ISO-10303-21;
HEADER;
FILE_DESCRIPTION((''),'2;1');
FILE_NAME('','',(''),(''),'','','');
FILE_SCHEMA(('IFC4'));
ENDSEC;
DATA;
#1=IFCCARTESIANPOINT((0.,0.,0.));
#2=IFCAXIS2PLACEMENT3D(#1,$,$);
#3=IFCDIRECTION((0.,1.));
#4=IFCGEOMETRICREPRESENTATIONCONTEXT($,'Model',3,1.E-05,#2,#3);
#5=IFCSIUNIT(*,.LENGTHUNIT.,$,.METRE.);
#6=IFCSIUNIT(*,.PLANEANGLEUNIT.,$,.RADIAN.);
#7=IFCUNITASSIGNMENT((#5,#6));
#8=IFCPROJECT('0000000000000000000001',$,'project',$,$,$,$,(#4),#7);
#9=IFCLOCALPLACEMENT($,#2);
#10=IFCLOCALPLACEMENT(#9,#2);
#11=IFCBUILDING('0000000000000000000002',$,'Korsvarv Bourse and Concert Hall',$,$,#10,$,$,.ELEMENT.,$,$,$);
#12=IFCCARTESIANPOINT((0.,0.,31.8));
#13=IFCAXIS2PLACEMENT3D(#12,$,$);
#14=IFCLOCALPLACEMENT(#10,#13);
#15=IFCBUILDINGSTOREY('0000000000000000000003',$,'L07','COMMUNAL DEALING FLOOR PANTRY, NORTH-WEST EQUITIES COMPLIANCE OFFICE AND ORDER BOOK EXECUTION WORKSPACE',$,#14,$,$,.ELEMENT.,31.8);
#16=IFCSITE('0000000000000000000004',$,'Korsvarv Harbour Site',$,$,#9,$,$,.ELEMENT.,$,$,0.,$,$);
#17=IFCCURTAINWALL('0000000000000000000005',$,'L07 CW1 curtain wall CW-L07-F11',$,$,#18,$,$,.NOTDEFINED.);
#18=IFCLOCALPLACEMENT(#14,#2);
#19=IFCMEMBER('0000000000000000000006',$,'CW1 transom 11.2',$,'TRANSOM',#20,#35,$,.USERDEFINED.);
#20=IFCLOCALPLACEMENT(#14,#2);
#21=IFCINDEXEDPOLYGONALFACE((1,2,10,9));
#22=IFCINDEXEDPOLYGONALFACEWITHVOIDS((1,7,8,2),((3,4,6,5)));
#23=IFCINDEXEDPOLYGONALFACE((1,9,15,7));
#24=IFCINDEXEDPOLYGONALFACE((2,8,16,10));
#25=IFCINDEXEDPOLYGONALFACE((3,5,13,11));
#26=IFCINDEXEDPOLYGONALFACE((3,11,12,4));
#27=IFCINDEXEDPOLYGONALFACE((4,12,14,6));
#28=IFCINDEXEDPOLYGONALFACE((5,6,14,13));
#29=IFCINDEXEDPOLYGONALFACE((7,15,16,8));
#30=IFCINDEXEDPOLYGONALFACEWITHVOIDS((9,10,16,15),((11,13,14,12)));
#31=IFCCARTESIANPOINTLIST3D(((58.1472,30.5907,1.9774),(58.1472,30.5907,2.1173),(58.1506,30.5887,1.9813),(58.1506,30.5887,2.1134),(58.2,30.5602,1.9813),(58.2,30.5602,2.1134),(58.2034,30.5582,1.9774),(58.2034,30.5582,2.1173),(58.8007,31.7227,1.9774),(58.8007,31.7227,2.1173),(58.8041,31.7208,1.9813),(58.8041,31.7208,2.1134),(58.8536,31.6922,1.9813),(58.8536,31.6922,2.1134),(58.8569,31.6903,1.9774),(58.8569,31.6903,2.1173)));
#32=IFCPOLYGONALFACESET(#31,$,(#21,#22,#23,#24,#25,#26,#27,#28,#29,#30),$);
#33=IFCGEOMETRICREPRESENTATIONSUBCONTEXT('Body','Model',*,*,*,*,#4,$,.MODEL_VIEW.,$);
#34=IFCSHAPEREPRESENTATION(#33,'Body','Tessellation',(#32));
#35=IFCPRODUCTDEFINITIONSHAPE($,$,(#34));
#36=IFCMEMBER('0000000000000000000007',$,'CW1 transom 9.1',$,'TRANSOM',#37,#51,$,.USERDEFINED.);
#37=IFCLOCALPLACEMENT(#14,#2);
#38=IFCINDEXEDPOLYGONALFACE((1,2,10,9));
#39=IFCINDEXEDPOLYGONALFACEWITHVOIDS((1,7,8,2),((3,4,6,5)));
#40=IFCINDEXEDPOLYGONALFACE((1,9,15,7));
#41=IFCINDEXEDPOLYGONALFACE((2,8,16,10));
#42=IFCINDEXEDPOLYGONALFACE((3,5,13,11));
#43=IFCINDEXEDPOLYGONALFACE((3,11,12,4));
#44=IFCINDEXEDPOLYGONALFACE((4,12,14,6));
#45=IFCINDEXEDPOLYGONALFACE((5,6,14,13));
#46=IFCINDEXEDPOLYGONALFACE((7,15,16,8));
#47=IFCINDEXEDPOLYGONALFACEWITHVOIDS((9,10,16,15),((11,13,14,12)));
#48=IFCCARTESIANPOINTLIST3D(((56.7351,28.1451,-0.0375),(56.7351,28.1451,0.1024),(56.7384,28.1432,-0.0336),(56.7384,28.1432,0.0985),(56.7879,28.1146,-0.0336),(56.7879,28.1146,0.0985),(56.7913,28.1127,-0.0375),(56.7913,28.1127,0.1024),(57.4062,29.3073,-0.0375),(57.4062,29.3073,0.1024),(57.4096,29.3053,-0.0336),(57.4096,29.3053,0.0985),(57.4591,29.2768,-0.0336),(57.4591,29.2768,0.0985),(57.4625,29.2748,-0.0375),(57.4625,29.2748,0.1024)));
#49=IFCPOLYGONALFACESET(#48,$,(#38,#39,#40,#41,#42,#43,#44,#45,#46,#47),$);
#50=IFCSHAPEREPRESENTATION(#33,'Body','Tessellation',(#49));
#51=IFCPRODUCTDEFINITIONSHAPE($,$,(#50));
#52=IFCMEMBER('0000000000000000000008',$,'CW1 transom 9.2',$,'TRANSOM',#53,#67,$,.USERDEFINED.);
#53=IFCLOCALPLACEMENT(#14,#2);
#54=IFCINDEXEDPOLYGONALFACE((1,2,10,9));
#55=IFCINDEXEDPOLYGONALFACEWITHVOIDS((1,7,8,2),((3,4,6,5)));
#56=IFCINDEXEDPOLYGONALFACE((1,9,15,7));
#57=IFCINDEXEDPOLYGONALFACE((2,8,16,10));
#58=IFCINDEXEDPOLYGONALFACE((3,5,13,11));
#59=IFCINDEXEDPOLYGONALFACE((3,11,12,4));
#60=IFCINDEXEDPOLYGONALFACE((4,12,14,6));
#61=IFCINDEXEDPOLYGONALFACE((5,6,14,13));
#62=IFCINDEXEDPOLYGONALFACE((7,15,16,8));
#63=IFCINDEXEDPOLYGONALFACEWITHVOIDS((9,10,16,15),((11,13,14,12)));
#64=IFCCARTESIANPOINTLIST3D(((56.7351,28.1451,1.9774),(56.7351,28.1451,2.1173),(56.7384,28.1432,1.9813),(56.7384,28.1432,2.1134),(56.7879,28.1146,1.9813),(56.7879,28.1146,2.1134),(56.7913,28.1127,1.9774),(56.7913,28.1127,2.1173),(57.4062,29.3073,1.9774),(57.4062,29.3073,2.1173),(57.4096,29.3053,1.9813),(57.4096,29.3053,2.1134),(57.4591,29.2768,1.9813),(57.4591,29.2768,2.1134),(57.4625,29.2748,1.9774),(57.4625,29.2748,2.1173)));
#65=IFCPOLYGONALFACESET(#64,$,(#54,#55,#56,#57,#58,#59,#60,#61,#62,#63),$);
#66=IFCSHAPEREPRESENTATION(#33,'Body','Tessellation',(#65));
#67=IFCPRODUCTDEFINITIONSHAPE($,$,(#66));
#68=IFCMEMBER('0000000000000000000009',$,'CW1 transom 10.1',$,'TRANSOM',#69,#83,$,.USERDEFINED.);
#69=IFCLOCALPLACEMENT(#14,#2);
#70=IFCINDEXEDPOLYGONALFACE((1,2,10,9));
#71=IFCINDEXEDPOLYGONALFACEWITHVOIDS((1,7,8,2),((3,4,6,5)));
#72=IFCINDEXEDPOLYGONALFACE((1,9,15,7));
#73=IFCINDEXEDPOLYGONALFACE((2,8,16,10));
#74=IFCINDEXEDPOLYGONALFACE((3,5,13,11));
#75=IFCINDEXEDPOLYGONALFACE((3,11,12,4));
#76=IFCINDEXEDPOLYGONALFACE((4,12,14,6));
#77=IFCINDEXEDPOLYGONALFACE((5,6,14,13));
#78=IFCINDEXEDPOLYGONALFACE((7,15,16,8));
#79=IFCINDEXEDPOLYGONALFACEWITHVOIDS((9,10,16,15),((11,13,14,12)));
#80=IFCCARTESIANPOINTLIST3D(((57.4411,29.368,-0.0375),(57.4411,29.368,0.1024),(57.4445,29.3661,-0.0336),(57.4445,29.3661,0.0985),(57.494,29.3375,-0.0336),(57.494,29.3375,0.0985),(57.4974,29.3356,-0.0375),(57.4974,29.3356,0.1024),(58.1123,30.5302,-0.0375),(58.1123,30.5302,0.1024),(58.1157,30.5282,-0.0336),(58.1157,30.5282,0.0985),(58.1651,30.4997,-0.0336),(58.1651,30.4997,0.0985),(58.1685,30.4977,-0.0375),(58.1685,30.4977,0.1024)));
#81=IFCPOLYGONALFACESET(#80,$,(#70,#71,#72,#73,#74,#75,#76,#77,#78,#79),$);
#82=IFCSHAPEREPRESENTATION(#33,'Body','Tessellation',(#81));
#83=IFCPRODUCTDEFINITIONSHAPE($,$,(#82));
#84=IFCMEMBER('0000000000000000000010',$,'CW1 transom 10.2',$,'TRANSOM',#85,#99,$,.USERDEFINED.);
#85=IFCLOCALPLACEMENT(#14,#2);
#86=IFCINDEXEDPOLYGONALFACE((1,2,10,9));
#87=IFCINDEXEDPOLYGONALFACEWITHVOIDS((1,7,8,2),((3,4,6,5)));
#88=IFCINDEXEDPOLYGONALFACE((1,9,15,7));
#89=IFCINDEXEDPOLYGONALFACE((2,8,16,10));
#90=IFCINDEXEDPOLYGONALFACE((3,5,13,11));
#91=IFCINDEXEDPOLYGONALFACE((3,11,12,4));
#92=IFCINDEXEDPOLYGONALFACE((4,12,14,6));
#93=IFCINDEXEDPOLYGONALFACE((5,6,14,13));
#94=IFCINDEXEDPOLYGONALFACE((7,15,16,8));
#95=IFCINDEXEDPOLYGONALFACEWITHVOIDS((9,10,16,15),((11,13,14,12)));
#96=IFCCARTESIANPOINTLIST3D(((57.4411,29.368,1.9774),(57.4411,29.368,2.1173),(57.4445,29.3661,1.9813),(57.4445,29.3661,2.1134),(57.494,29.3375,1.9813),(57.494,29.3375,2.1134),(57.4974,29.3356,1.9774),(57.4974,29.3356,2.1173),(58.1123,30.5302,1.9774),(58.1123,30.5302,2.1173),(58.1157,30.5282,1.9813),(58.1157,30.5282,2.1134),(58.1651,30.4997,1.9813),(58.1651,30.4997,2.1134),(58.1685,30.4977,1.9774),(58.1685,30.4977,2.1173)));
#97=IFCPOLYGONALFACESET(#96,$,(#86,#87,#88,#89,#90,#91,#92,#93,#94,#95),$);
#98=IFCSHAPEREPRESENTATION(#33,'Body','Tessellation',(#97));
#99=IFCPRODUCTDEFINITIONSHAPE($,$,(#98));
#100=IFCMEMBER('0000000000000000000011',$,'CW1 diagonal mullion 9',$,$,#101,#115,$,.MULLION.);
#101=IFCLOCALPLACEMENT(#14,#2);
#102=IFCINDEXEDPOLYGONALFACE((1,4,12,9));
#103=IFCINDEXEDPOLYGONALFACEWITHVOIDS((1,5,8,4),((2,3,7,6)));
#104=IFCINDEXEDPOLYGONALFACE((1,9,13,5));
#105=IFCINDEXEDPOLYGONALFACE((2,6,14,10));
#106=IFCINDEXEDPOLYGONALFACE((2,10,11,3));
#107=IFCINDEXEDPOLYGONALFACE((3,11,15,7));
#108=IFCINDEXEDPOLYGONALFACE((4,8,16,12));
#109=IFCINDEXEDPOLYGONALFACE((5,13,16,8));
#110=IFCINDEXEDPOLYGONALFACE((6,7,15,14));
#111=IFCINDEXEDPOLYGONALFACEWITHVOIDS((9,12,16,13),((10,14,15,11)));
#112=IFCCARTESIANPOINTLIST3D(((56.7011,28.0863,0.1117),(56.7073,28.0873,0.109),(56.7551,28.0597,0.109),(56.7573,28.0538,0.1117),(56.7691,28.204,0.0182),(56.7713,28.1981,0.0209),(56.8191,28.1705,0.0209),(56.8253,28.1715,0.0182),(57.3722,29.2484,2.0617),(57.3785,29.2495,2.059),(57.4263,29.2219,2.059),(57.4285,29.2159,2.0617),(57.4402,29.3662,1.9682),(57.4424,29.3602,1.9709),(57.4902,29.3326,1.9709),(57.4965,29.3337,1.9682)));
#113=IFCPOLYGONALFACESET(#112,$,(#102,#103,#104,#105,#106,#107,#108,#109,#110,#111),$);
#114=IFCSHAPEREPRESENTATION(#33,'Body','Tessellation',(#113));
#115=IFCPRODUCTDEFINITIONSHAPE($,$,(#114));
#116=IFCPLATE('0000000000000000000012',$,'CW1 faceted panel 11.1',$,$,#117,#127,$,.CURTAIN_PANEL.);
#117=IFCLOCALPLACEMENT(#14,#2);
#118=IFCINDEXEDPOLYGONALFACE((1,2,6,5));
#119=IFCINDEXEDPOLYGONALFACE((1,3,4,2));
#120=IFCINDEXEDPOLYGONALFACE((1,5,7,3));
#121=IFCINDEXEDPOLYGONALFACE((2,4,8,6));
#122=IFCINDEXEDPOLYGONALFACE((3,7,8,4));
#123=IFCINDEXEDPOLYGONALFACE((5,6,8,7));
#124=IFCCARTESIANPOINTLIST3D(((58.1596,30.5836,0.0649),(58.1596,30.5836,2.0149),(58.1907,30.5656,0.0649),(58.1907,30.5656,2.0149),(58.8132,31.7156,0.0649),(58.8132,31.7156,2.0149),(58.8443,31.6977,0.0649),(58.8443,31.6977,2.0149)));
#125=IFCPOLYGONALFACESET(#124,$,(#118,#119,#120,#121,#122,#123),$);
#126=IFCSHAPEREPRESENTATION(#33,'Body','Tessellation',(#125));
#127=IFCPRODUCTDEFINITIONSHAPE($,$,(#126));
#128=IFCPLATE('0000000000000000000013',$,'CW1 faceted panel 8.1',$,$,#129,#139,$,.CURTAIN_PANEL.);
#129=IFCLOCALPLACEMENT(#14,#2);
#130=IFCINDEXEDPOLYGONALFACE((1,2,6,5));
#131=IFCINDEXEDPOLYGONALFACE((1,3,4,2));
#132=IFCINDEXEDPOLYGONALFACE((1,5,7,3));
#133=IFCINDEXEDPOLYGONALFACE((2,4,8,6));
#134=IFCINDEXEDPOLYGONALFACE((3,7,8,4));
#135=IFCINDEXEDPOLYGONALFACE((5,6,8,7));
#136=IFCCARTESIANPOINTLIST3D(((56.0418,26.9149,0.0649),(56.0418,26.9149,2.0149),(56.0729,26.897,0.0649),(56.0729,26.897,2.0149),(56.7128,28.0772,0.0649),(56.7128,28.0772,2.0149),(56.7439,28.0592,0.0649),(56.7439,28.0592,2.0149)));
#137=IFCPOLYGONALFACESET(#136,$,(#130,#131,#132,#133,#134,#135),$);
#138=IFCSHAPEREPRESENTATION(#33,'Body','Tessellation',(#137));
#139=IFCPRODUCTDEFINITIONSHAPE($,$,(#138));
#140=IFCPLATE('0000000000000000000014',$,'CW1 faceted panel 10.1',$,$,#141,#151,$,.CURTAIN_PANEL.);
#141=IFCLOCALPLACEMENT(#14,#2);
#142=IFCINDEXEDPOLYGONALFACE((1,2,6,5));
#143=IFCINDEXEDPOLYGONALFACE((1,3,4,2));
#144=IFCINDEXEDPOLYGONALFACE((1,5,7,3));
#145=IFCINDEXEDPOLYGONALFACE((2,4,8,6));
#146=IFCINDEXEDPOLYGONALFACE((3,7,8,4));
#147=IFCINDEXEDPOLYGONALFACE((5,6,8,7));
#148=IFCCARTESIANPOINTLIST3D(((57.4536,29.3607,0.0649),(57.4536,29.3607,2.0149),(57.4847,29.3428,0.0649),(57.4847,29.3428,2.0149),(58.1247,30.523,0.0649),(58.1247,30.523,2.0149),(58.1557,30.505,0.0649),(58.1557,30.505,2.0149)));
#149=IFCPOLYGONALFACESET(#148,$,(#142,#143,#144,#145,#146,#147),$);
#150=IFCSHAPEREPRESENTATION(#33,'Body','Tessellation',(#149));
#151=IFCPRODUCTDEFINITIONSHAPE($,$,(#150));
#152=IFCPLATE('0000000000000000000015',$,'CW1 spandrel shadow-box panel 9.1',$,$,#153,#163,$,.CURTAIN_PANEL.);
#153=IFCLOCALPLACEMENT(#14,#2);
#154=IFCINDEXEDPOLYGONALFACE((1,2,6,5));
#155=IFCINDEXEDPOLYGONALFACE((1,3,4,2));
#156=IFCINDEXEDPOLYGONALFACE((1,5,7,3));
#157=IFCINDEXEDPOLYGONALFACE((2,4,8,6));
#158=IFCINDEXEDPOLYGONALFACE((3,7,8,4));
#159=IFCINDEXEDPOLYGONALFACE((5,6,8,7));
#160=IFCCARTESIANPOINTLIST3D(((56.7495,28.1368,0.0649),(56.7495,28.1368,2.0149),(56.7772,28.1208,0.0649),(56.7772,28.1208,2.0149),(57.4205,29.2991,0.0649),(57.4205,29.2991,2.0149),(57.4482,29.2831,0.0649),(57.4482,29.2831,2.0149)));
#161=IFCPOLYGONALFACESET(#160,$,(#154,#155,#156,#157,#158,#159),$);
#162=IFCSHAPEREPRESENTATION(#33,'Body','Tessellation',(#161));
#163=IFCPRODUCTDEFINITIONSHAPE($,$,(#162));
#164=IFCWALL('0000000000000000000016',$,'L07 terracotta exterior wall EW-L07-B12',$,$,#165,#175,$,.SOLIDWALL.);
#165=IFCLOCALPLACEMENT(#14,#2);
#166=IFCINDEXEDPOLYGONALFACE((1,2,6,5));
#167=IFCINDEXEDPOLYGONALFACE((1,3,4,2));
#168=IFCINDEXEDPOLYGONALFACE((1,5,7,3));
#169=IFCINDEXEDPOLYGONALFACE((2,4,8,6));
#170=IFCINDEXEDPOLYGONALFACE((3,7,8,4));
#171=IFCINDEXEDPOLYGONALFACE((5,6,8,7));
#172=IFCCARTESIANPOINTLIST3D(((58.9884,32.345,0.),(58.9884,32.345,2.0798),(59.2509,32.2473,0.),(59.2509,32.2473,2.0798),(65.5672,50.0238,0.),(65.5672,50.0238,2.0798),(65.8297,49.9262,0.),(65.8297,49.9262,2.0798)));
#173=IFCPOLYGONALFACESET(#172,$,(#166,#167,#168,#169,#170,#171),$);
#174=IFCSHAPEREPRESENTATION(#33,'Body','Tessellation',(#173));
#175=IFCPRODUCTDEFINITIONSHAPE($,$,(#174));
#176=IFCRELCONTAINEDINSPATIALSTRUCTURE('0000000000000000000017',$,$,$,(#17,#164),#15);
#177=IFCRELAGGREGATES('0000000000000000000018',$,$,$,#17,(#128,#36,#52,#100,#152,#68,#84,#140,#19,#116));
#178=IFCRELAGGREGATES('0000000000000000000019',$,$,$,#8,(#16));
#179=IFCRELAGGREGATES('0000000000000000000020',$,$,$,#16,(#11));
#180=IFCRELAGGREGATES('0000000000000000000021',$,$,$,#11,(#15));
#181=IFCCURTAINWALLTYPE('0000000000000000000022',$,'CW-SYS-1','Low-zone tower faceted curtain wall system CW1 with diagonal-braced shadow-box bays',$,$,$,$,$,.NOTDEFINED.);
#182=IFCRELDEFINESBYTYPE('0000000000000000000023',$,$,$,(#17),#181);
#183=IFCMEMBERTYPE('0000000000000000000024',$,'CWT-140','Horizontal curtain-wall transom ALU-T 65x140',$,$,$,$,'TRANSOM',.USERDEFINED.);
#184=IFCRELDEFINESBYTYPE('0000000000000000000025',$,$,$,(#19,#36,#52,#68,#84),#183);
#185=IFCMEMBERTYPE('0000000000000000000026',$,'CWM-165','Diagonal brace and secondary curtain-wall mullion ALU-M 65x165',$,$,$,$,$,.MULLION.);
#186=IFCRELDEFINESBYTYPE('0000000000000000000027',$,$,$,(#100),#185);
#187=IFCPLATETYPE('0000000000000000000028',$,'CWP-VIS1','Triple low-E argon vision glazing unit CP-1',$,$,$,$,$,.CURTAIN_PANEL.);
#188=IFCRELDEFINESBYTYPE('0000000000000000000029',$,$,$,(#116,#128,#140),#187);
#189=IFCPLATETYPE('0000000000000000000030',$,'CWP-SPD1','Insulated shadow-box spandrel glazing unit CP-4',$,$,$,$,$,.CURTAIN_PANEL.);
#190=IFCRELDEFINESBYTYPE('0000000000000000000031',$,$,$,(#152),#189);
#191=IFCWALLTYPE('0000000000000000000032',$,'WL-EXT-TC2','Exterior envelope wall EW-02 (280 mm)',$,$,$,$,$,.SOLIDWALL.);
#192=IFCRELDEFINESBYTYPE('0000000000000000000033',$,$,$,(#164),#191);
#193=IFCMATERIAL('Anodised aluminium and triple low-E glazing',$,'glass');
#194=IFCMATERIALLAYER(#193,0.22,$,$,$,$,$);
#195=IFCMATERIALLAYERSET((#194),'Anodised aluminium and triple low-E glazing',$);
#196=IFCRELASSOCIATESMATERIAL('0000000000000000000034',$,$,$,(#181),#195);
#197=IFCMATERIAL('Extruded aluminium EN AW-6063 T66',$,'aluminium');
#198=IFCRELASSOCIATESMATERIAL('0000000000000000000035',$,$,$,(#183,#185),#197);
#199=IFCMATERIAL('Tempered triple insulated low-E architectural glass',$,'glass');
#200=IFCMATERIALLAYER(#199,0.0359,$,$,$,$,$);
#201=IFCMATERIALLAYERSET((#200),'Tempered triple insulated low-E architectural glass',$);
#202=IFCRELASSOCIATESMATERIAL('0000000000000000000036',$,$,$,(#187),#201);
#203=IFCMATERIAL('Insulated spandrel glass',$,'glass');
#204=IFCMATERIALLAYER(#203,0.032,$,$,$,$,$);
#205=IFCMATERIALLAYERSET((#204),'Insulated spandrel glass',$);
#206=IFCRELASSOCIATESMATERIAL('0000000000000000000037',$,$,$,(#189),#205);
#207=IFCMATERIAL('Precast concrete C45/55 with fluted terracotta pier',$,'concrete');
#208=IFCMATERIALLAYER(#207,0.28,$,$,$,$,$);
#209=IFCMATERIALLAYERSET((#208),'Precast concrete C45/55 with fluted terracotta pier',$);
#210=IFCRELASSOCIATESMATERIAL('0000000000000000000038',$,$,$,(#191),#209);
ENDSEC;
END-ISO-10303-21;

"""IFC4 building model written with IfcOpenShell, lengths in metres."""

from ifc_helpers import new_model, si_unit, direction, frame, frame_2d, origin, origin_2d, place, context, subcontext, project, spatial, rectangle, hollow_rectangle, extrude, source, transform, mapped, material, layer, layer_set, material_profile, profile_set, type_object, element, aggregate, save


model = new_model("IFC4")

# Units and contexts
model_context = context("Model", 3, precision=1e-05, world=origin(), true_north=direction((0.0, 1.0)))
body_context = subcontext(model_context, "Body", "Model", "MODEL_VIEW")
ifc_project = project(units=[si_unit("LENGTHUNIT", "METRE"), si_unit("PLANEANGLEUNIT", "RADIAN")], contexts=[model_context])

# Site, building, storey
site_placement = place(None, origin())
site = spatial("IfcSite", under=ifc_project, at=site_placement, Name="Korsvarv Harbour Site", CompositionType="ELEMENT", RefElevation=0.0)
building_placement = place(site_placement, origin())
building = spatial("IfcBuilding", under=site, at=building_placement, Name="Korsvarv Bourse and Concert Hall", CompositionType="ELEMENT")
storey_placement = place(building_placement, frame((0.0, 0.0, 31.8)))
storey = spatial("IfcBuildingStorey", under=building, at=storey_placement, Name="L07", Description="COMMUNAL DEALING FLOOR PANTRY, NORTH-WEST EQUITIES COMPLIANCE OFFICE AND ORDER BOOK EXECUTION WORKSPACE", CompositionType="ELEMENT", Elevation=31.8)

# Curtain wall, members, plates
ifc_material_1 = material(Name="Anodised aluminium and triple low-E glazing", Category="glass")
ifc_layer_1 = layer(ifc_material_1, 0.22)
ifc_layer_set_1 = layer_set([ifc_layer_1], Name="Anodised aluminium and triple low-E glazing")
curtain_wall_type = type_object("IfcCurtainWallType", Name="CW-SYS-1", Description="Low-zone tower faceted curtain wall system CW1 with diagonal-braced shadow-box bays", PredefinedType="NOTDEFINED", material=ifc_layer_set_1)
curtain_wall_placement = place(storey_placement, origin())
curtain_wall = element("IfcCurtainWall", 1, at=curtain_wall_placement, inside=storey, type_object=curtain_wall_type, Name="L07 CW1 curtain wall CW-L07-F11", PredefinedType="NOTDEFINED")
ifc_material_2 = material(Name="Extruded aluminium EN AW-6063 T66", Category="aluminium")
ifc_material_profile_1 = material_profile(ifc_material_2, hollow_rectangle(XDim=0.0649, YDim=0.1399, WallThickness=0.0039, at=origin_2d()), Name="ALU-T 65x140")
ifc_profile_set_1 = profile_set([ifc_material_profile_1], Name="Extruded aluminium EN AW-6063 T66")
member_type_1 = type_object("IfcMemberType", Name="CWT-140", Description="Horizontal curtain-wall transom ALU-T 65x140", ElementType="TRANSOM", PredefinedType="USERDEFINED", material=ifc_profile_set_1)
shared_shape_1 = source(origin(), body_context, "Body", "SweptSolid", [
    extrude(hollow_rectangle(XDim=0.0649, YDim=0.1399, WallThickness=0.0039, at=origin_2d()), origin(), (0.0, 0.0, 1.0), 1.3071),
])
member_1_placement = place(storey_placement, frame((58.1753, 30.5745, 2.0474), z_axis=(0.499976, 0.866039, 0.0), x_axis=(-0.866039, 0.499976, 0.0)))
member_1 = element("IfcMember", 2, at=member_1_placement, type_object=member_type_1, Name="CW1 transom 11.2", ObjectType="TRANSOM", PredefinedType="USERDEFINED", context=body_context, shape_type="MappedRepresentation", body=[
    mapped(shared_shape_1, transform((0.0, 0.0, 0.0), scale=1.0)),
])
shared_shape_2 = source(origin(), body_context, "Body", "SweptSolid", [
    extrude(hollow_rectangle(XDim=0.0649, YDim=0.1399, WallThickness=0.0039, at=origin_2d()), origin(), (0.0, 0.0, 1.0), 1.342),
])
member_2_placement = place(storey_placement, frame((56.7632, 28.1289, 0.0325), z_axis=(0.500111, 0.865961, 0.0), x_axis=(-0.865961, 0.500111, 0.0)))
member_2 = element("IfcMember", 3, at=member_2_placement, type_object=member_type_1, Name="CW1 transom 9.1", ObjectType="TRANSOM", PredefinedType="USERDEFINED", context=body_context, shape_type="MappedRepresentation", body=[
    mapped(shared_shape_2, transform((0.0, 0.0, 0.0), scale=1.0)),
])
member_3_placement = place(storey_placement, frame((56.7632, 28.1289, 2.0474), z_axis=(0.500111, 0.865961, 0.0), x_axis=(-0.865961, 0.500111, 0.0)))
member_3 = element("IfcMember", 4, at=member_3_placement, type_object=member_type_1, Name="CW1 transom 9.2", ObjectType="TRANSOM", PredefinedType="USERDEFINED", context=body_context, shape_type="MappedRepresentation", body=[
    mapped(shared_shape_2, transform((0.0, 0.0, 0.0), scale=1.0)),
])
member_4_placement = place(storey_placement, frame((57.4692, 29.3518, 0.0325), z_axis=(0.500111, 0.865961, 0.0), x_axis=(-0.865961, 0.500111, 0.0)))
member_4 = element("IfcMember", 5, at=member_4_placement, type_object=member_type_1, Name="CW1 transom 10.1", ObjectType="TRANSOM", PredefinedType="USERDEFINED", context=body_context, shape_type="MappedRepresentation", body=[
    mapped(shared_shape_2, transform((0.0, 0.0, 0.0), scale=1.0)),
])
member_5_placement = place(storey_placement, frame((57.4692, 29.3518, 2.0474), z_axis=(0.500111, 0.865961, 0.0), x_axis=(-0.865961, 0.500111, 0.0)))
member_5 = element("IfcMember", 6, at=member_5_placement, type_object=member_type_1, Name="CW1 transom 10.2", ObjectType="TRANSOM", PredefinedType="USERDEFINED", context=body_context, shape_type="MappedRepresentation", body=[
    mapped(shared_shape_2, transform((0.0, 0.0, 0.0), scale=1.0)),
])
ifc_material_profile_2 = material_profile(ifc_material_2, hollow_rectangle(XDim=0.0649, YDim=0.165, WallThickness=0.0049, at=origin_2d()), Name="ALU-M 65x165")
ifc_profile_set_2 = profile_set([ifc_material_profile_2], Name="Extruded aluminium EN AW-6063 T66")
member_type_2 = type_object("IfcMemberType", Name="CWM-165", Description="Diagonal brace and secondary curtain-wall mullion ALU-M 65x165", PredefinedType="MULLION", material=ifc_profile_set_2)
shared_shape_3 = source(origin(), body_context, "Body", "SweptSolid", [
    extrude(hollow_rectangle(XDim=0.0649, YDim=0.165, WallThickness=0.0049, at=origin_2d()), origin(), (0.0, 0.0, 1.0), 2.3672),
])
member_6_placement = place(storey_placement, frame((56.7632, 28.1289, 0.0649), z_axis=(0.283527, 0.490939, 0.823766), x_axis=(-0.865961, 0.500111, 0.0)))
member_6 = element("IfcMember", 7, at=member_6_placement, type_object=member_type_2, Name="CW1 diagonal mullion 9", PredefinedType="MULLION", context=body_context, shape_type="MappedRepresentation", body=[
    mapped(shared_shape_3, transform((0.0, 0.0, 0.0), scale=1.0)),
])
ifc_material_3 = material(Name="Tempered triple insulated low-E architectural glass", Category="glass")
ifc_layer_2 = layer(ifc_material_3, 0.0359)
ifc_layer_set_2 = layer_set([ifc_layer_2], Name="Tempered triple insulated low-E architectural glass")
plate_type_1 = type_object("IfcPlateType", Name="CWP-VIS1", Description="Triple low-E argon vision glazing unit CP-1", PredefinedType="CURTAIN_PANEL", material=ifc_layer_set_2)
shared_shape_4 = source(origin(), body_context, "Body", "SweptSolid", [
    extrude(rectangle(XDim=1.3071, YDim=0.0359, at=origin_2d()), origin(), (0.0, 0.0, 1.0), 1.95),
])
plate_1_placement = place(storey_placement, frame((58.502, 31.1406, 0.0649), z_axis=(0.0, 0.0, 1.0), x_axis=(0.499995, 0.866029, 0.0)))
plate_1 = element("IfcPlate", 8, at=plate_1_placement, type_object=plate_type_1, Name="CW1 faceted panel 11.1", PredefinedType="CURTAIN_PANEL", context=body_context, shape_type="MappedRepresentation", body=[
    mapped(shared_shape_4, transform((0.0, 0.0, 0.0), scale=1.0)),
])
shared_shape_5 = source(origin(), body_context, "Body", "SweptSolid", [
    extrude(rectangle(XDim=1.342, YDim=0.0359, at=origin_2d()), origin(), (0.0, 0.0, 1.0), 1.95),
])
plate_2_placement = place(storey_placement, frame((56.3928, 27.4871, 0.0649), z_axis=(0.0, 0.0, 1.0), x_axis=(0.499995, 0.866029, 0.0)))
plate_2 = element("IfcPlate", 9, at=plate_2_placement, type_object=plate_type_1, Name="CW1 faceted panel 8.1", PredefinedType="CURTAIN_PANEL", context=body_context, shape_type="MappedRepresentation", body=[
    mapped(shared_shape_5, transform((0.0, 0.0, 0.0), scale=1.0)),
])
plate_3_placement = place(storey_placement, frame((57.8047, 29.9329, 0.0649), z_axis=(0.0, 0.0, 1.0), x_axis=(0.499995, 0.866029, 0.0)))
plate_3 = element("IfcPlate", 10, at=plate_3_placement, type_object=plate_type_1, Name="CW1 faceted panel 10.1", PredefinedType="CURTAIN_PANEL", context=body_context, shape_type="MappedRepresentation", body=[
    mapped(shared_shape_5, transform((0.0, 0.0, 0.0), scale=1.0)),
])
ifc_material_4 = material(Name="Insulated spandrel glass", Category="glass")
ifc_layer_3 = layer(ifc_material_4, 0.032)
ifc_layer_set_3 = layer_set([ifc_layer_3], Name="Insulated spandrel glass")
plate_type_2 = type_object("IfcPlateType", Name="CWP-SPD1", Description="Insulated shadow-box spandrel glazing unit CP-4", PredefinedType="CURTAIN_PANEL", material=ifc_layer_set_3)
shared_shape_6 = source(origin(), body_context, "Body", "SweptSolid", [
    extrude(rectangle(XDim=1.342, YDim=0.032, at=origin_2d()), origin(), (0.0, 0.0, 1.0), 1.95),
])
plate_4_placement = place(storey_placement, frame((57.0989, 28.71, 0.0649), z_axis=(0.0, 0.0, 1.0), x_axis=(0.499995, 0.866029, 0.0)))
plate_4 = element("IfcPlate", 11, at=plate_4_placement, type_object=plate_type_2, Name="CW1 spandrel shadow-box panel 9.1", PredefinedType="CURTAIN_PANEL", context=body_context, shape_type="MappedRepresentation", body=[
    mapped(shared_shape_6, transform((0.0, 0.0, 0.0), scale=1.0)),
])
aggregate(curtain_wall, [plate_2, member_2, member_3, member_6, plate_4, member_4, member_5, plate_3, member_1, plate_1])

# Wall
ifc_material_5 = material(Name="Precast concrete C45/55 with fluted terracotta pier", Category="concrete")
ifc_layer_4 = layer(ifc_material_5, 0.28)
ifc_layer_set_4 = layer_set([ifc_layer_4], Name="Precast concrete C45/55 with fluted terracotta pier")
wall_type = type_object("IfcWallType", Name="WL-EXT-TC2", Description="Exterior envelope wall EW-02 (280 mm)", PredefinedType="SOLIDWALL", material=ifc_layer_set_4)
wall_placement = place(storey_placement, frame((59.1196, 32.2961, 0.0), z_axis=(0.0, 0.0, 1.0), x_axis=(0.348764, 0.937211, 0.0)))
element("IfcWall", 12, at=wall_placement, inside=storey, type_object=wall_type, Name="L07 terracotta exterior wall EW-L07-B12", PredefinedType="SOLIDWALL", context=body_context, shape_type="SweptSolid", body=[
    extrude(rectangle(XDim=18.8633, YDim=0.28, at=frame_2d((9.4316, 0.0))), origin(), (0.0, 0.0, 1.0), 2.0798),
])

save(model, "model.ifc")
